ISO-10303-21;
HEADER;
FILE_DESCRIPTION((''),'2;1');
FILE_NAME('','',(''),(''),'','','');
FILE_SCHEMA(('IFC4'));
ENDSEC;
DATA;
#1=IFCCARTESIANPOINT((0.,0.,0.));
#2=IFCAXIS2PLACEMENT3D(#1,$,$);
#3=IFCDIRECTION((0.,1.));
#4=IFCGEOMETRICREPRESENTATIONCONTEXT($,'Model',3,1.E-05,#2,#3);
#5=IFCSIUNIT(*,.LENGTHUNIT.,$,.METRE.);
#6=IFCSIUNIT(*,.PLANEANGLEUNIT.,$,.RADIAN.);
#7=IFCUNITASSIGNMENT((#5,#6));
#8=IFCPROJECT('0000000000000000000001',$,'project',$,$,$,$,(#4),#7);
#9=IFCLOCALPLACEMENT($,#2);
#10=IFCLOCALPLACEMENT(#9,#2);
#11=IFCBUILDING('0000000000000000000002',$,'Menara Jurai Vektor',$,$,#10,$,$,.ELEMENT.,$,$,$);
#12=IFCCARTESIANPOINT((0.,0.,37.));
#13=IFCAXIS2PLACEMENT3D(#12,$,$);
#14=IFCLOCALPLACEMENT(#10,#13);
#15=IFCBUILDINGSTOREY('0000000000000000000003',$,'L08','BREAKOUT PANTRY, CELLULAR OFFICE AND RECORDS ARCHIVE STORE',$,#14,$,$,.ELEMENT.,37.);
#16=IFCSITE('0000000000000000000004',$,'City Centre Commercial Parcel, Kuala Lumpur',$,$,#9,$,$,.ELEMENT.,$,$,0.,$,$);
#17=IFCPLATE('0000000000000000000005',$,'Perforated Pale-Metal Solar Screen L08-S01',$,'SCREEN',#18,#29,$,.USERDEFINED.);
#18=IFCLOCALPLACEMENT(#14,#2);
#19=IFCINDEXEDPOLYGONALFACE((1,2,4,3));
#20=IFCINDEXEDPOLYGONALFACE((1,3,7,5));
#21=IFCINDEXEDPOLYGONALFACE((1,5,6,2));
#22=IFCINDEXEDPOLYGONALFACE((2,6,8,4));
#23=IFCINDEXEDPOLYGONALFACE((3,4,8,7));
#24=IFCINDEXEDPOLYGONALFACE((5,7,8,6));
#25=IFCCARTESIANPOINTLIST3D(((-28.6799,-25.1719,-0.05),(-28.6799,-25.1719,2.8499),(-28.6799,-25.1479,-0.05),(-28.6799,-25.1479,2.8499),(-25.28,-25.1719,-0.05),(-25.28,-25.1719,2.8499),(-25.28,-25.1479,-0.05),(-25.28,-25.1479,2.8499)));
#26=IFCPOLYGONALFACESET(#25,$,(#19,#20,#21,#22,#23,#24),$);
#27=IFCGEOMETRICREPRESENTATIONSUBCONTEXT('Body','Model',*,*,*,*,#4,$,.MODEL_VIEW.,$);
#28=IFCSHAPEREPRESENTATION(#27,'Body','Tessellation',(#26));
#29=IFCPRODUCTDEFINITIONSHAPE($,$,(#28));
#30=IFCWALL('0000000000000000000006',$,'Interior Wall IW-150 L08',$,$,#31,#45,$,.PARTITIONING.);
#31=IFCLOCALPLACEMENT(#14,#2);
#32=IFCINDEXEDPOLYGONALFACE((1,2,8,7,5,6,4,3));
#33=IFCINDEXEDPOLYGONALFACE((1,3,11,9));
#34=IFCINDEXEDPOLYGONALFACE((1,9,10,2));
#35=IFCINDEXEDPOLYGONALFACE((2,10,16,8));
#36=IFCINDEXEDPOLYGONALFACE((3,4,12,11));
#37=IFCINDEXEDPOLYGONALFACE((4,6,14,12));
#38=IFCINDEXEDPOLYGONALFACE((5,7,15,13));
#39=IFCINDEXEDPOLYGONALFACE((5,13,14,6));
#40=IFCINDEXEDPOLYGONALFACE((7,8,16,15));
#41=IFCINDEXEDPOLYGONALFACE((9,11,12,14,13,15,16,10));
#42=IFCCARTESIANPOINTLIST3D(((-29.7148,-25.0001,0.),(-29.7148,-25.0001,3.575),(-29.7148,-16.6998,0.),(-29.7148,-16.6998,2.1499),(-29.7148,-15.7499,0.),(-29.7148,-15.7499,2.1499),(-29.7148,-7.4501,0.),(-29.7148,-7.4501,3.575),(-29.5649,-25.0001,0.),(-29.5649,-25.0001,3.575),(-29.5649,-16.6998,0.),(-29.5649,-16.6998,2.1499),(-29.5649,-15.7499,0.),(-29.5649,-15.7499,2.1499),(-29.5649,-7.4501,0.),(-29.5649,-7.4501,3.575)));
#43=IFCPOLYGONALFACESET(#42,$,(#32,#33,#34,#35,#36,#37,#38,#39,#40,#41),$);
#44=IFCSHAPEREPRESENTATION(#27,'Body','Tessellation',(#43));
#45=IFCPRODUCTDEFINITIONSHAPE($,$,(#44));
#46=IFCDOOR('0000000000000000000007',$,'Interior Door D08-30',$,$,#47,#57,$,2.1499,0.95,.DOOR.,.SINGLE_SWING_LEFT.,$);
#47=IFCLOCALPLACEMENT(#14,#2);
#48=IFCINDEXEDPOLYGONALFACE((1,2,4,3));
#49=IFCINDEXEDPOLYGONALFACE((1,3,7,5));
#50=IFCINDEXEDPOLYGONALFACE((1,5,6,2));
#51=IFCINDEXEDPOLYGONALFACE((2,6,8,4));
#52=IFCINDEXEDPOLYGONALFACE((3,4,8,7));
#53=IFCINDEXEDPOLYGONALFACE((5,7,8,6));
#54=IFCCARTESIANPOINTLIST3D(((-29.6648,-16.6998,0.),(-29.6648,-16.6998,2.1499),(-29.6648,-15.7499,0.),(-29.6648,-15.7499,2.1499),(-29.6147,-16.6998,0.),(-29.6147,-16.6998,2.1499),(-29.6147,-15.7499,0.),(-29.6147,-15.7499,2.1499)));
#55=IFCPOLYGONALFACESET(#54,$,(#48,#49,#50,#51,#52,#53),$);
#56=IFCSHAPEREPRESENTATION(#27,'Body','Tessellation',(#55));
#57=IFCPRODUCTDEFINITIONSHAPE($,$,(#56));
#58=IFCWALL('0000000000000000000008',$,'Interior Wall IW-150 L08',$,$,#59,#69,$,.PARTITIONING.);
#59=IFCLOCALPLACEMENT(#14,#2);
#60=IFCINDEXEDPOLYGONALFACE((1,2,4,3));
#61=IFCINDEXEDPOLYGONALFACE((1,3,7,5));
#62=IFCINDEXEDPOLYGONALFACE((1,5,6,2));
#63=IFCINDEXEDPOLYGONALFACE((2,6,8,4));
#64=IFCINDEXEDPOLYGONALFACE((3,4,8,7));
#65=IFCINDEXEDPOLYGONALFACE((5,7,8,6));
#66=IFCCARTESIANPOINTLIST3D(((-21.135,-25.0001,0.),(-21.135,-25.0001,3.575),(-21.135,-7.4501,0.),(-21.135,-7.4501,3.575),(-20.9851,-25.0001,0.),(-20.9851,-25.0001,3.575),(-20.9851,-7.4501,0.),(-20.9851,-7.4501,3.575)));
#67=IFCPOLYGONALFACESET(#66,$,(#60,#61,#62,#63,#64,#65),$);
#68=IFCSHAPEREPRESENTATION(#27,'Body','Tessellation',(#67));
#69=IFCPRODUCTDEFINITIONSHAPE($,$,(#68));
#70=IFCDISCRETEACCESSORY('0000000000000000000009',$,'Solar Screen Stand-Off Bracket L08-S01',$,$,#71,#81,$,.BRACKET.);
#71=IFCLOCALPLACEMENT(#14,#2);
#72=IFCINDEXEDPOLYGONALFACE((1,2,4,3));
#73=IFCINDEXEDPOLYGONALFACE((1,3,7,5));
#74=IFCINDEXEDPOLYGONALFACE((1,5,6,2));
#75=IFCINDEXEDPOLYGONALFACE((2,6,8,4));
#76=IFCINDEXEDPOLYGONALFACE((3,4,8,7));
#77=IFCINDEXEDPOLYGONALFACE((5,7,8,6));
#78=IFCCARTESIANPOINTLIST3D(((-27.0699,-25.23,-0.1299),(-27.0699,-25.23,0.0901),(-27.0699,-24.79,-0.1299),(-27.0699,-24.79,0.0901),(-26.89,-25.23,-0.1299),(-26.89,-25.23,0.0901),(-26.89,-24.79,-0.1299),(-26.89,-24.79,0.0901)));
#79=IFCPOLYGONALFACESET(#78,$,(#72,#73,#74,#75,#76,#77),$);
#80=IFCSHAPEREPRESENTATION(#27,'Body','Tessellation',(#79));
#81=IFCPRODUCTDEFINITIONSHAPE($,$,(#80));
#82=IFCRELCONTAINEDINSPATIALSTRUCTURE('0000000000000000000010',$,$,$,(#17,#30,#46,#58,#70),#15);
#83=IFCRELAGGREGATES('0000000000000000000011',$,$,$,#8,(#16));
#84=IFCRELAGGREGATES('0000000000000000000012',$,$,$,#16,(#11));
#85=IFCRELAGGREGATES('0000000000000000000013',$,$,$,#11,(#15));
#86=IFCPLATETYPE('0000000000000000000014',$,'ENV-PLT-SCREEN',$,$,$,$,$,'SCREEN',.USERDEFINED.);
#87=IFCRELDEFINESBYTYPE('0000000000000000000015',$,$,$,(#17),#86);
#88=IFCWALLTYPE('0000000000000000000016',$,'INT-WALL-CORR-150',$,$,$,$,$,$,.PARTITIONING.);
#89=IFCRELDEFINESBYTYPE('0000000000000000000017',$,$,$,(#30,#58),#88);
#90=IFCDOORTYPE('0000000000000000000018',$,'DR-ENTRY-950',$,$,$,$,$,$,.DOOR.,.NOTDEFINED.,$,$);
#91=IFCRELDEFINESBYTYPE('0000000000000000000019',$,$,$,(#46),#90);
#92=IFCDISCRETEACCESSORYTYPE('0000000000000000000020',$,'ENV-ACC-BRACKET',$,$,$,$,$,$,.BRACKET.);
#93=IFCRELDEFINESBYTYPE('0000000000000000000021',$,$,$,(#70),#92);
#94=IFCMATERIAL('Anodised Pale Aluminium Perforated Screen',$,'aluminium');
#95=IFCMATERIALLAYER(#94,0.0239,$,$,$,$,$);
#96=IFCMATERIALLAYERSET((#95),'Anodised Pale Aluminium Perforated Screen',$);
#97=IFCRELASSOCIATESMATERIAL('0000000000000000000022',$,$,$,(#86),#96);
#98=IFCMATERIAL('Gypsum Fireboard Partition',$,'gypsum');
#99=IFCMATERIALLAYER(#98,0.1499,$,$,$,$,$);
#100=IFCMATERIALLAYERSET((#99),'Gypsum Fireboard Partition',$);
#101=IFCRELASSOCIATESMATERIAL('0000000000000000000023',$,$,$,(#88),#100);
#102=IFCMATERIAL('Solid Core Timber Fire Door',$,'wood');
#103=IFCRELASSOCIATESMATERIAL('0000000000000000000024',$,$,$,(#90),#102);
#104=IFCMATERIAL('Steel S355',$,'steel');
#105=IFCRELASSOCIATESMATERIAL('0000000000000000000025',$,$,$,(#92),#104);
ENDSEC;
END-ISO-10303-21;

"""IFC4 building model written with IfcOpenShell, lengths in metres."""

from ifc_helpers import new_model, si_unit, direction, frame, frame_2d, origin, origin_2d, place, context, subcontext, project, spatial, rectangle, extrude, material, layer, layer_set, type_object, element, fill, save


model = new_model("IFC4")

# Units and contexts
model_context = context("Model", 3, precision=1e-05, world=origin(), true_north=direction((0.0, 1.0)))
body_context = subcontext(model_context, "Body", "Model", "MODEL_VIEW")
ifc_project = project(units=[si_unit("LENGTHUNIT", "METRE"), si_unit("PLANEANGLEUNIT", "RADIAN")], contexts=[model_context])

# Site, building, storey
site_placement = place(None, origin())
site = spatial("IfcSite", under=ifc_project, at=site_placement, Name="City Centre Commercial Parcel, Kuala Lumpur", CompositionType="ELEMENT", RefElevation=0.0)
building_placement = place(site_placement, origin())
building = spatial("IfcBuilding", under=site, at=building_placement, Name="Menara Jurai Vektor", CompositionType="ELEMENT")
storey_placement = place(building_placement, frame((0.0, 0.0, 37.0)))
storey = spatial("IfcBuildingStorey", under=building, at=storey_placement, Name="L08", Description="BREAKOUT PANTRY, CELLULAR OFFICE AND RECORDS ARCHIVE STORE", CompositionType="ELEMENT", Elevation=37.0)

# Shared definitions
ifc_material_1 = material(Name="Steel S355", Category="steel")

# Plate
ifc_material_2 = material(Name="Anodised Pale Aluminium Perforated Screen", Category="aluminium")
ifc_layer_1 = layer(ifc_material_2, 0.0239)
ifc_layer_set_1 = layer_set([ifc_layer_1], Name="Anodised Pale Aluminium Perforated Screen")
plate_type_1 = type_object("IfcPlateType", Name="ENV-PLT-SCREEN", ElementType="SCREEN", PredefinedType="USERDEFINED", material=ifc_layer_set_1)
plate_1_placement = place(storey_placement, frame((-26.98, -25.1599, -0.05), z_axis=(0.0, 0.0, 1.0), x_axis=(1.0, 0.0, 0.0)))
element("IfcPlate", 1, at=plate_1_placement, inside=storey, type_object=plate_type_1, Name="Perforated Pale-Metal Solar Screen L08-S01", ObjectType="SCREEN", PredefinedType="USERDEFINED", context=body_context, shape_type="SweptSolid", body=[
    extrude(rectangle(XDim=3.3999, YDim=0.0239, at=origin_2d()), origin(), (0.0, 0.0, 1.0), 2.8999),
])

# Wall, opening, door
ifc_material_3 = material(Name="Gypsum Fireboard Partition", Category="gypsum")
ifc_layer_2 = layer(ifc_material_3, 0.1499)
ifc_layer_set_2 = layer_set([ifc_layer_2], Name="Gypsum Fireboard Partition")
wall_type = type_object("IfcWallType", Name="INT-WALL-CORR-150", PredefinedType="PARTITIONING", material=ifc_layer_set_2)
wall_1_placement = place(storey_placement, frame((-29.6399, -25.0, 0.0), z_axis=(0.0, 0.0, 1.0), x_axis=(0.0, 1.0, 0.0)))
wall_1 = element("IfcWall", 2, at=wall_1_placement, inside=storey, type_object=wall_type, Name="Interior Wall IW-150 L08", PredefinedType="PARTITIONING", context=body_context, shape_type="SweptSolid", body=[
    extrude(rectangle(XDim=17.55, YDim=0.1499, at=frame_2d((8.7749, 0.0))), origin(), (0.0, 0.0, 1.0), 3.575),
])
opening_placement = place(wall_1_placement, frame((8.3, 0.0, 0.0)))
opening = element("IfcOpeningElement", 3, at=opening_placement, cuts=wall_1, PredefinedType="OPENING", context=body_context, shape_type="SweptSolid", body=[
    extrude(rectangle(XDim=0.95, YDim=2.1499, at=frame_2d((0.4751, 1.075))), frame((0.0, 0.085, 0.0), z_axis=(0.0, -1.0, 0.0), x_axis=(1.0, 0.0, 0.0)), (0.0, 0.0, 1.0), 0.1699),
])
ifc_material_4 = material(Name="Solid Core Timber Fire Door", Category="wood")
door_type = type_object("IfcDoorType", Name="DR-ENTRY-950", OperationType="NOTDEFINED", PredefinedType="DOOR", material=ifc_material_4)
door_placement = place(opening_placement, origin())
door = element("IfcDoor", 4, at=door_placement, inside=storey, type_object=door_type, Name="Interior Door D08-30", OperationType="SINGLE_SWING_LEFT", OverallHeight=2.1499, OverallWidth=0.95, PredefinedType="DOOR", context=body_context, shape_type="SweptSolid", body=[
    extrude(rectangle(XDim=0.95, YDim=2.1499, at=frame_2d((0.4751, 1.075))), frame((0.0, 0.0249, 0.0), z_axis=(0.0, -1.0, 0.0), x_axis=(1.0, 0.0, 0.0)), (0.0, 0.0, 1.0), 0.05),
])
fill(opening, door)

# Wall
wall_2_placement = place(storey_placement, frame((-21.0601, -25.0, 0.0), z_axis=(0.0, 0.0, 1.0), x_axis=(0.0, 1.0, 0.0)))
element("IfcWall", 5, at=wall_2_placement, inside=storey, type_object=wall_type, Name="Interior Wall IW-150 L08", PredefinedType="PARTITIONING", context=body_context, shape_type="SweptSolid", body=[
    extrude(rectangle(XDim=17.55, YDim=0.1499, at=frame_2d((8.7749, 0.0))), origin(), (0.0, 0.0, 1.0), 3.575),
])

# Discrete accessory
discrete_accessory_type = type_object("IfcDiscreteAccessoryType", Name="ENV-ACC-BRACKET", PredefinedType="BRACKET", material=ifc_material_1)
discrete_accessory_placement = place(storey_placement, frame((-26.98, -25.01, -0.1299), z_axis=(0.0, 0.0, 1.0), x_axis=(1.0, 0.0, 0.0)))
element("IfcDiscreteAccessory", 6, at=discrete_accessory_placement, inside=storey, type_object=discrete_accessory_type, Name="Solar Screen Stand-Off Bracket L08-S01", PredefinedType="BRACKET", context=body_context, shape_type="SweptSolid", body=[
    extrude(rectangle(XDim=0.1799, YDim=0.4399, at=origin_2d()), origin(), (0.0, 0.0, 1.0), 0.22),
])

save(model, "model.ifc")
